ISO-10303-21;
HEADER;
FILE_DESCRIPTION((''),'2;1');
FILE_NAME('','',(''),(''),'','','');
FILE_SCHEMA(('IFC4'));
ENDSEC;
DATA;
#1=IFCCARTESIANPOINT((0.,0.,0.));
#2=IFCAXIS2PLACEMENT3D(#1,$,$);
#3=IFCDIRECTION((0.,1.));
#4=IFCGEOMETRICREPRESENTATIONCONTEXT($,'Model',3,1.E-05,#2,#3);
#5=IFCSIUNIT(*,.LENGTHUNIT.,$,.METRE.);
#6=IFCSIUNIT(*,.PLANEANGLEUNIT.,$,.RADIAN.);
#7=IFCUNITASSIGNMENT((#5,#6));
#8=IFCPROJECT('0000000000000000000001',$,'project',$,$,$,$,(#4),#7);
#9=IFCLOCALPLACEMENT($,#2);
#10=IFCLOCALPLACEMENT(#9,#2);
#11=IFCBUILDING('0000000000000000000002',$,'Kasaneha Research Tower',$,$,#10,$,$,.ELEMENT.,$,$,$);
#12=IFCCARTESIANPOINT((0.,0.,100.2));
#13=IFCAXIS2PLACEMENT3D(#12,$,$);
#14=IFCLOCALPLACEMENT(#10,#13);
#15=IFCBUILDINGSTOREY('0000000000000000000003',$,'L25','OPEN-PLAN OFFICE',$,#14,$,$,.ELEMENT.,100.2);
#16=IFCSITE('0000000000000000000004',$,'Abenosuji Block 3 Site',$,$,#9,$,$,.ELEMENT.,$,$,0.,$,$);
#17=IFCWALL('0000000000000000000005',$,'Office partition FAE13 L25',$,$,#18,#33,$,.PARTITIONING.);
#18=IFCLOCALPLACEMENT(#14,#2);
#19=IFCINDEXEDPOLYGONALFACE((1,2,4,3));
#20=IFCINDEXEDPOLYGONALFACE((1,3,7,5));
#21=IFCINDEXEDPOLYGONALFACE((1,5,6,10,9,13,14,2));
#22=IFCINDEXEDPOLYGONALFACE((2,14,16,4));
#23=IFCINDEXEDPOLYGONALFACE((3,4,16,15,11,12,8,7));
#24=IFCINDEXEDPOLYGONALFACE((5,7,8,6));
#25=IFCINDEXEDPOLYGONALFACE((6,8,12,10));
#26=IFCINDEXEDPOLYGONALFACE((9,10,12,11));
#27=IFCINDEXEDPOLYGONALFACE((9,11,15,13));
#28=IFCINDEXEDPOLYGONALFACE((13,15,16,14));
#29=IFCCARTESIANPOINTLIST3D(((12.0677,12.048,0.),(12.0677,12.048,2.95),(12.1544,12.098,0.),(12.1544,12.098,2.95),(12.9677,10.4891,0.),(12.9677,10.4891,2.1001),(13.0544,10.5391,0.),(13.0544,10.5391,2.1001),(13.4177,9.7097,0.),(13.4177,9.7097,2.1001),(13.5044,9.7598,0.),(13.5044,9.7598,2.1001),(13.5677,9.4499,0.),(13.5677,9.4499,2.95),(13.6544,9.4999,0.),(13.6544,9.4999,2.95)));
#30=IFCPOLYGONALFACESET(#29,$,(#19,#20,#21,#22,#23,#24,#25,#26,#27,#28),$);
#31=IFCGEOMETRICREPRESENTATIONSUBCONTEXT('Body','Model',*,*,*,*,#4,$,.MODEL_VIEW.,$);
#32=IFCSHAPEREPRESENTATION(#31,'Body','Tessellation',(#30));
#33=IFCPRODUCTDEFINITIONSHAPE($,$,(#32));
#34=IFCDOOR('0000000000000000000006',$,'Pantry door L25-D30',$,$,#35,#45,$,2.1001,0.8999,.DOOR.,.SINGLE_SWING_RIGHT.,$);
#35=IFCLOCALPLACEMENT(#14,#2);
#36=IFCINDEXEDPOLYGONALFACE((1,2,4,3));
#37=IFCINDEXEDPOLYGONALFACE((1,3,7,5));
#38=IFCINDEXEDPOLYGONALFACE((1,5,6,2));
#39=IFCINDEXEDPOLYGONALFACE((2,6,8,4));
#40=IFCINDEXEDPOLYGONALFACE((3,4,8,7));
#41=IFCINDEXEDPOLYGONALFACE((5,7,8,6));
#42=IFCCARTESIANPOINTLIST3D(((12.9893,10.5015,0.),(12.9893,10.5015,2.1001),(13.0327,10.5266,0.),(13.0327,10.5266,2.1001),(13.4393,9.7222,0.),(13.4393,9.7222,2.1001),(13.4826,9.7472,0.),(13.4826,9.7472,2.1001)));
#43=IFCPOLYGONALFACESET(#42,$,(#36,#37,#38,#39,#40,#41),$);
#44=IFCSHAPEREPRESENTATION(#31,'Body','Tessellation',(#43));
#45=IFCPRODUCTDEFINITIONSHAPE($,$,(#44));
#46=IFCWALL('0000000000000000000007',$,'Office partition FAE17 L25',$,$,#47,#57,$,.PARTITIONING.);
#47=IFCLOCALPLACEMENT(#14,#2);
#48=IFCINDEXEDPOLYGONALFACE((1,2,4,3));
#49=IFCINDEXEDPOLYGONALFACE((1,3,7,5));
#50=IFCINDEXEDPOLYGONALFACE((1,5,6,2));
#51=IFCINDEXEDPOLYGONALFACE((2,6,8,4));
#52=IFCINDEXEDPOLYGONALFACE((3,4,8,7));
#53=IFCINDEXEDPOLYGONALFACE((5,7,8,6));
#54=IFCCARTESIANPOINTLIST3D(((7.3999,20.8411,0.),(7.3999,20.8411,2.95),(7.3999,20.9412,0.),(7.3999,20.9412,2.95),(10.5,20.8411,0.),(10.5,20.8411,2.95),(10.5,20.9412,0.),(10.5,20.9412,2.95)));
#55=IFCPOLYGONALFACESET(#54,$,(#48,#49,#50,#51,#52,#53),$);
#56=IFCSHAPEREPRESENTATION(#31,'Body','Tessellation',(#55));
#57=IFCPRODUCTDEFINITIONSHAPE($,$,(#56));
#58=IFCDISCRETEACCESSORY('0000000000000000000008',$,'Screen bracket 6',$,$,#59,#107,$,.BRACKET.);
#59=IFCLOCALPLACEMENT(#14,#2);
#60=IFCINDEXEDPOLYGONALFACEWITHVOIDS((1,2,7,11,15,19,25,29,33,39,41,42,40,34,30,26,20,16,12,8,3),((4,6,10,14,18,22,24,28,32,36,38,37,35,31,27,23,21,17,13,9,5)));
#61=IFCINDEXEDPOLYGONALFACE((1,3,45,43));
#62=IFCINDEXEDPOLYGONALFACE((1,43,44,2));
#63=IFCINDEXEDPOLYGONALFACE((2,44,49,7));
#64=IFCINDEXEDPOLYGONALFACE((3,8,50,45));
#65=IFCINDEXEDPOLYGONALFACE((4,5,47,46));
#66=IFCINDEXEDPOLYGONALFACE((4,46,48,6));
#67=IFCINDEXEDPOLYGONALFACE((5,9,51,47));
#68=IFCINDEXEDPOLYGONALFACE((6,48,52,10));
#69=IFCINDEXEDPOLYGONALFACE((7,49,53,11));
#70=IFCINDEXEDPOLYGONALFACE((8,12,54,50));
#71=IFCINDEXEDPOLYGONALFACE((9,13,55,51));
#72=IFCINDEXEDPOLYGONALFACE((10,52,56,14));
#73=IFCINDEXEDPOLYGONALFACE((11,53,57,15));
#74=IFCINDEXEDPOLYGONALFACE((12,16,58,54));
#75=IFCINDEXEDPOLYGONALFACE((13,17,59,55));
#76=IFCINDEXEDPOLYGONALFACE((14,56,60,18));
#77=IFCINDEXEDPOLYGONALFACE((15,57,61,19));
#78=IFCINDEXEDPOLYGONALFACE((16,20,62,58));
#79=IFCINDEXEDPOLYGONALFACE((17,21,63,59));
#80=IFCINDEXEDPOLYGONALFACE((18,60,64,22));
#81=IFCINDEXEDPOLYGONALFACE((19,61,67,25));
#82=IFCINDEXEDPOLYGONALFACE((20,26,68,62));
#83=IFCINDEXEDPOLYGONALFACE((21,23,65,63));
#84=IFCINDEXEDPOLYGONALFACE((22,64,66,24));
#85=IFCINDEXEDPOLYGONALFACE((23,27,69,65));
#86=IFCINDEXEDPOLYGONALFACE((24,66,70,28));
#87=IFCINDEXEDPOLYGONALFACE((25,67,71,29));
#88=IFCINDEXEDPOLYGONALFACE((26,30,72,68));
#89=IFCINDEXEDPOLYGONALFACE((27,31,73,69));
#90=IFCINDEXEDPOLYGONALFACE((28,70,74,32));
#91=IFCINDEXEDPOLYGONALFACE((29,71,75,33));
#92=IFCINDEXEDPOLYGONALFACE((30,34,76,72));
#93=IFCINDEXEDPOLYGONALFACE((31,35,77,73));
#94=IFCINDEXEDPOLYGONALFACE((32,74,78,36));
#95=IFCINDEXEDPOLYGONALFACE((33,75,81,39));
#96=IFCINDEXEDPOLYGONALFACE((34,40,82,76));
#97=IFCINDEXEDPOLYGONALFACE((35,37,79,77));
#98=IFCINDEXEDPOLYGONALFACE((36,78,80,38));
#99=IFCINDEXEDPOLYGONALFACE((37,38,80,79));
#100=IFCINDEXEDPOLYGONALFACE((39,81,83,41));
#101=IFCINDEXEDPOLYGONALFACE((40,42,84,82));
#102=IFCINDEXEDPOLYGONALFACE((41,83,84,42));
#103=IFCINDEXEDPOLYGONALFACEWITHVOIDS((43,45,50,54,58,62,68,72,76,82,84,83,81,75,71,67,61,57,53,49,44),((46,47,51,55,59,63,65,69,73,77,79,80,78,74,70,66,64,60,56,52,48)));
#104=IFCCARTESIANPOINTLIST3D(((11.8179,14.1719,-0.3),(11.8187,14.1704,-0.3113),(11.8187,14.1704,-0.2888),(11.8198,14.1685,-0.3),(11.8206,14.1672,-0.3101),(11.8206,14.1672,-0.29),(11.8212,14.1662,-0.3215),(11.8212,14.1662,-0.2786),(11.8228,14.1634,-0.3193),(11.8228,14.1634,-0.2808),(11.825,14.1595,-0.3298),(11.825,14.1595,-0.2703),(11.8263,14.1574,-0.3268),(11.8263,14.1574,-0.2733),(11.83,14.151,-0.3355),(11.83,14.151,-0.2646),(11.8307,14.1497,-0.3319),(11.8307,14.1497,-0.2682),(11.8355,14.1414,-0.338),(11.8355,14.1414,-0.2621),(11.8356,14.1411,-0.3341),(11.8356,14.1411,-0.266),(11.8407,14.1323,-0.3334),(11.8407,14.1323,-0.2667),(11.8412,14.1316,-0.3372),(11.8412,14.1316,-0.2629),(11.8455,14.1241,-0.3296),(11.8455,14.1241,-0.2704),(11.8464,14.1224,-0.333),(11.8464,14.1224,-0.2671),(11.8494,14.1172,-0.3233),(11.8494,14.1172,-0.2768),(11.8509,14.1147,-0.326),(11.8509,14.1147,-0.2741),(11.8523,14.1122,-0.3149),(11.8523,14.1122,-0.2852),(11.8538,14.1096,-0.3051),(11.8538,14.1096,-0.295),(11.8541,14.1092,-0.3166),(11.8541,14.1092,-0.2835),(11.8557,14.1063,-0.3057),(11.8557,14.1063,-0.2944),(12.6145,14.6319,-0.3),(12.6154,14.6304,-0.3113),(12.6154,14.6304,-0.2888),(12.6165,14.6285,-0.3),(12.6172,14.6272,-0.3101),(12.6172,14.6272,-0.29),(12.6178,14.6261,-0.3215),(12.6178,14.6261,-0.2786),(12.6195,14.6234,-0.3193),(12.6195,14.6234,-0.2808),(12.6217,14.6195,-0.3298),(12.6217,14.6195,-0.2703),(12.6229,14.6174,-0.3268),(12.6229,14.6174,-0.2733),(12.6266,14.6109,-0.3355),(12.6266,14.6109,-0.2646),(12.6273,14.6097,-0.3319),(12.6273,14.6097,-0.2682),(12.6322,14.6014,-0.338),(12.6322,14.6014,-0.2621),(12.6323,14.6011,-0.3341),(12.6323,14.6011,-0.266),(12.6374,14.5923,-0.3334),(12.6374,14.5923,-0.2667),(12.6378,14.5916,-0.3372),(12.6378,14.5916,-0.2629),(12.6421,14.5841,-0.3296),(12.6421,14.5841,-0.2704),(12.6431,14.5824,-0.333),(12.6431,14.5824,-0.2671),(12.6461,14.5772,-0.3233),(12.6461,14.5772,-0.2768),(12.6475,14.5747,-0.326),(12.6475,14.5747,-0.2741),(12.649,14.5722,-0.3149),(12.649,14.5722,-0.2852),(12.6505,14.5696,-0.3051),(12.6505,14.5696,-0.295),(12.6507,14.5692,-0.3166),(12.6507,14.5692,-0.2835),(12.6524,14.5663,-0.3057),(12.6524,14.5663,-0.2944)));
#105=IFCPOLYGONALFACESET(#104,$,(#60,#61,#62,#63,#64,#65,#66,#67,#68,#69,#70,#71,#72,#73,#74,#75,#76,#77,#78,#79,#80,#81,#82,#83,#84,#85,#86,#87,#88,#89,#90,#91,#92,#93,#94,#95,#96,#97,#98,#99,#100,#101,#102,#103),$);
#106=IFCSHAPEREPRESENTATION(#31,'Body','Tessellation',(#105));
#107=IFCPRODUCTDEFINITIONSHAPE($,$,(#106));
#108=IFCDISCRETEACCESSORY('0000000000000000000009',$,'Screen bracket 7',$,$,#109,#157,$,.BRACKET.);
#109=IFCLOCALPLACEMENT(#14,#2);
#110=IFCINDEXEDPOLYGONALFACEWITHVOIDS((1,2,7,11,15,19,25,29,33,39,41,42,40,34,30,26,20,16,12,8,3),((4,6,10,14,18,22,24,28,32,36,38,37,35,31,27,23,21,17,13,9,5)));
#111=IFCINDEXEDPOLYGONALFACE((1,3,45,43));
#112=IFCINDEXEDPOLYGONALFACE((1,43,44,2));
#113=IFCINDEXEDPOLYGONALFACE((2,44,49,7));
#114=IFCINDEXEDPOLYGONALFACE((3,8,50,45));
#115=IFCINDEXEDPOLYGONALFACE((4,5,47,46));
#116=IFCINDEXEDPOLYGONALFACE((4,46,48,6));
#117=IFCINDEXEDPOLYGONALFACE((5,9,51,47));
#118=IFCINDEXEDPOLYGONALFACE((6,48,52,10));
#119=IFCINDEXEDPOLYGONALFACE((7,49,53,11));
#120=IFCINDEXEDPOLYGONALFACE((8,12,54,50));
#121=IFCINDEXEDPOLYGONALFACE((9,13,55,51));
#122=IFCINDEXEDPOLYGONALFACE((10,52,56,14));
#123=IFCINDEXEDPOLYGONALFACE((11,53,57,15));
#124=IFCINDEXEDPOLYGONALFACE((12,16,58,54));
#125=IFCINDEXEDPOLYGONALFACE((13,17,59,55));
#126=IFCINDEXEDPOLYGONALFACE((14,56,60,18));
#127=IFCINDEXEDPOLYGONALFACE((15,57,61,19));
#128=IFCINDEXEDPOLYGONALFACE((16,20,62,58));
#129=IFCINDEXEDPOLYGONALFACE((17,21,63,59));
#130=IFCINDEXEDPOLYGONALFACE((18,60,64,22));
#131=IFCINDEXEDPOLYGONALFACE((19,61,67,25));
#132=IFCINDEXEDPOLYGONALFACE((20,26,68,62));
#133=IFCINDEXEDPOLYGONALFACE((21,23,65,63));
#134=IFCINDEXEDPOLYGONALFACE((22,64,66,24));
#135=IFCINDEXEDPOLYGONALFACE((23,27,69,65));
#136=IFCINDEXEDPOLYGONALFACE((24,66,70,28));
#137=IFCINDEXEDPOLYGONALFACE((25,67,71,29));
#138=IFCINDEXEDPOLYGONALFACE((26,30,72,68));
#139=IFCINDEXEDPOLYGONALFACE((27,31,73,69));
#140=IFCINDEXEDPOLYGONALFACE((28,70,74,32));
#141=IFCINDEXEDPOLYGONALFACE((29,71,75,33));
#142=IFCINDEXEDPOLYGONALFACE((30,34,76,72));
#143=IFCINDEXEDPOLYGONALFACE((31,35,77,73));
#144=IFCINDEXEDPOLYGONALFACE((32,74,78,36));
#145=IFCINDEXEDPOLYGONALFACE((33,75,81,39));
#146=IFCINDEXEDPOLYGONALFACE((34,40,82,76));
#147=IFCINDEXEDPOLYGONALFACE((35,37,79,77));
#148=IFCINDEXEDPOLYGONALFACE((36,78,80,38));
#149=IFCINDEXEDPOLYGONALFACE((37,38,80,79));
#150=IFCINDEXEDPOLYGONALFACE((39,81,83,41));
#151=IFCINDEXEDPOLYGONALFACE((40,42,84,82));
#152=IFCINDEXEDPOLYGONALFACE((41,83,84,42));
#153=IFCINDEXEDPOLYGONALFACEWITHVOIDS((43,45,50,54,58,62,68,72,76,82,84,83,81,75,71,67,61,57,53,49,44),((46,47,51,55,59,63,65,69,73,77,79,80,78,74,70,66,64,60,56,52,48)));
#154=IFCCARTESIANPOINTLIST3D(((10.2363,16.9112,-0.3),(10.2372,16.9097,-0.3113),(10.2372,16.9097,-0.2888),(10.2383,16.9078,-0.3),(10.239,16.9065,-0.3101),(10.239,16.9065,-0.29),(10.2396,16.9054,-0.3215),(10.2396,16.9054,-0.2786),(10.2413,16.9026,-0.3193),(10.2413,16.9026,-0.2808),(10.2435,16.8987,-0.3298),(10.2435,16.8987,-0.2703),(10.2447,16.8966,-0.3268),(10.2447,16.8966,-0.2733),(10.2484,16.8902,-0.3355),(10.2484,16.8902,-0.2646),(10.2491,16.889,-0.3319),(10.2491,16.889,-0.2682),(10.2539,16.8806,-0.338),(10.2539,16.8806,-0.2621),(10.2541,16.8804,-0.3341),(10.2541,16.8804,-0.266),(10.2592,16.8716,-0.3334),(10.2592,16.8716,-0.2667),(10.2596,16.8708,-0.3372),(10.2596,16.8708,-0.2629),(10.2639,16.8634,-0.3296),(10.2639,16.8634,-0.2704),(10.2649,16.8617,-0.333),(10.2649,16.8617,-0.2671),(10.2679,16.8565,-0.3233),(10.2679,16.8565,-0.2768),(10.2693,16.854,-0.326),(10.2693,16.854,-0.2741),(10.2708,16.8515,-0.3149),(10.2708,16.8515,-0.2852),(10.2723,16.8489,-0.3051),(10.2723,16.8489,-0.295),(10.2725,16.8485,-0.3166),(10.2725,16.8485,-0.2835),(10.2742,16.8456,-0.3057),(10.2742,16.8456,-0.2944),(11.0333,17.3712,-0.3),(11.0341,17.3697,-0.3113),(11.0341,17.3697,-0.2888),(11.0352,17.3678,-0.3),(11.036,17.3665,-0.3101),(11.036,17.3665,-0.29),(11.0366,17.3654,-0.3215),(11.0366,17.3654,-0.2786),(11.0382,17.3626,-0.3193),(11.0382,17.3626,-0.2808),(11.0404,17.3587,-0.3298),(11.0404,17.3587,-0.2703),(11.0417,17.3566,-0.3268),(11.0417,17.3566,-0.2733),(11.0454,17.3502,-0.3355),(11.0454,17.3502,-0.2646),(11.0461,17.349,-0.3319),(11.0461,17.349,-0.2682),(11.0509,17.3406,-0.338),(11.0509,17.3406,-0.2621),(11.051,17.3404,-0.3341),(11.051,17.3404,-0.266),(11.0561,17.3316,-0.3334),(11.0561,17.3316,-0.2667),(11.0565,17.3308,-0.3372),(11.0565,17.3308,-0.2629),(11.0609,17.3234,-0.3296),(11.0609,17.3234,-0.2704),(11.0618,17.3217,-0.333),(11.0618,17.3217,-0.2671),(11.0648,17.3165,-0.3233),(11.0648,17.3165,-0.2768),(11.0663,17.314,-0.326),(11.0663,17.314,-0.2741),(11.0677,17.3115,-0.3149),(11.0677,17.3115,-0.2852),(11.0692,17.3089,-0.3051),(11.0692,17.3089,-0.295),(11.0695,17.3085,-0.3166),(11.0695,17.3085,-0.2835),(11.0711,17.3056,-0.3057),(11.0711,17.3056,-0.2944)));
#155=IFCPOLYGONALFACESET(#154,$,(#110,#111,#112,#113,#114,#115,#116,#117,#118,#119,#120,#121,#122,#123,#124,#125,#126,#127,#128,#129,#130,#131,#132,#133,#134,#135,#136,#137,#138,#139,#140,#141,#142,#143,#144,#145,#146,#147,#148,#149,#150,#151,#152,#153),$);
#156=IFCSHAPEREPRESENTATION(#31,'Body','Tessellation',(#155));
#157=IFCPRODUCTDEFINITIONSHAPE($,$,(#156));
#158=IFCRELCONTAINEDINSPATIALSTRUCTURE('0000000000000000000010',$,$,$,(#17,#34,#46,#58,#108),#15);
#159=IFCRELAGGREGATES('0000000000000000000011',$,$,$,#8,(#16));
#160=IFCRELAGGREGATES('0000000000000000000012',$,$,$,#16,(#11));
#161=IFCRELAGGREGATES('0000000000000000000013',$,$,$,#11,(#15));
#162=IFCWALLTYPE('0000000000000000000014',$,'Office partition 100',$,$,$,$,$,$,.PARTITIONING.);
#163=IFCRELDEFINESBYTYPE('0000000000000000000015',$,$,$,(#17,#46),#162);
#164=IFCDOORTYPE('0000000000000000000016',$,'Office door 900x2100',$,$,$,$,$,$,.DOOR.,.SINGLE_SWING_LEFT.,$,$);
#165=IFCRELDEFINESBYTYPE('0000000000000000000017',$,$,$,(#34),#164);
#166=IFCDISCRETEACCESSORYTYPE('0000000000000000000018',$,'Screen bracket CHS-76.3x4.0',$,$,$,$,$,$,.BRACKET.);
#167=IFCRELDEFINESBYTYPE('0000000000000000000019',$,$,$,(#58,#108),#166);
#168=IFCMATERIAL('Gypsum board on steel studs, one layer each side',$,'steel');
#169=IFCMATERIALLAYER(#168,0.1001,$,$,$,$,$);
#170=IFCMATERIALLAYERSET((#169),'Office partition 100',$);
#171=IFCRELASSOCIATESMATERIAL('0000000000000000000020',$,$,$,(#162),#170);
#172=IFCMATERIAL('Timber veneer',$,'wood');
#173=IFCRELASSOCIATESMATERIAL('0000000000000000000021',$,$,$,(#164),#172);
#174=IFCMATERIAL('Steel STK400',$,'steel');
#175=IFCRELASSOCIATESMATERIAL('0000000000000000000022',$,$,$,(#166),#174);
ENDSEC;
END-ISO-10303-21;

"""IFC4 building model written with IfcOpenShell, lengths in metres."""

from ifc_helpers import new_model, si_unit, direction, frame, frame_2d, origin, origin_2d, place, context, subcontext, project, spatial, rectangle, hollow_circle, extrude, material, layer, layer_set, material_profile, profile_set, type_object, element, fill, save


model = new_model("IFC4")

# Units and contexts
model_context = context("Model", 3, precision=1e-05, world=origin(), true_north=direction((0.0, 1.0)))
body_context = subcontext(model_context, "Body", "Model", "MODEL_VIEW")
ifc_project = project(units=[si_unit("LENGTHUNIT", "METRE"), si_unit("PLANEANGLEUNIT", "RADIAN")], contexts=[model_context])

# Site, building, storey
site_placement = place(None, origin())
site = spatial("IfcSite", under=ifc_project, at=site_placement, Name="Abenosuji Block 3 Site", CompositionType="ELEMENT", RefElevation=0.0)
building_placement = place(site_placement, origin())
building = spatial("IfcBuilding", under=site, at=building_placement, Name="Kasaneha Research Tower", CompositionType="ELEMENT")
storey_placement = place(building_placement, frame((0.0, 0.0, 100.2)))
storey = spatial("IfcBuildingStorey", under=building, at=storey_placement, Name="L25", Description="OPEN-PLAN OFFICE", CompositionType="ELEMENT", Elevation=100.2)

# Wall, opening, door
ifc_material_1 = material(Name="Gypsum board on steel studs, one layer each side", Category="steel")
ifc_layer_1 = layer(ifc_material_1, 0.1001)
ifc_layer_set_1 = layer_set([ifc_layer_1], Name="Office partition 100")
wall_type = type_object("IfcWallType", Name="Office partition 100", PredefinedType="PARTITIONING", material=ifc_layer_set_1)
wall_1_placement = place(storey_placement, frame((12.1111, 12.073, 0.0), z_axis=(0.0, 0.0, 1.0), x_axis=(0.49999, -0.866031, 0.0)))
wall_1 = element("IfcWall", 1, at=wall_1_placement, inside=storey, type_object=wall_type, Name="Office partition FAE13 L25", PredefinedType="PARTITIONING", context=body_context, shape_type="SweptSolid", body=[
    extrude(rectangle(XDim=3.0, YDim=0.1001, at=frame_2d((1.5, 0.0))), origin(), (0.0, 0.0, 1.0), 2.95),
])
opening_placement = place(wall_1_placement, frame((1.8, 0.0, 0.0)))
opening = element("IfcOpeningElement", 2, at=opening_placement, cuts=wall_1, PredefinedType="OPENING", context=body_context, shape_type="SweptSolid", body=[
    extrude(rectangle(XDim=0.8999, YDim=2.1001, at=frame_2d((0.45, 1.05))), frame((0.0, 0.0601, 0.0), z_axis=(0.0, -1.0, 0.0), x_axis=(1.0, 0.0, 0.0)), (0.0, 0.0, 1.0), 0.1201),
])
ifc_material_2 = material(Name="Timber veneer", Category="wood")
door_type = type_object("IfcDoorType", Name="Office door 900x2100", OperationType="SINGLE_SWING_LEFT", PredefinedType="DOOR", material=ifc_material_2)
door_placement = place(opening_placement, origin())
door = element("IfcDoor", 3, at=door_placement, inside=storey, type_object=door_type, Name="Pantry door L25-D30", OperationType="SINGLE_SWING_RIGHT", OverallHeight=2.1001, OverallWidth=0.8999, PredefinedType="DOOR", context=body_context, shape_type="SweptSolid", body=[
    extrude(rectangle(XDim=0.8999, YDim=2.1001, at=frame_2d((0.45, 1.05))), frame((0.0, 0.0249, 0.0), z_axis=(0.0, -1.0, 0.0), x_axis=(1.0, 0.0, 0.0)), (0.0, 0.0, 1.0), 0.05),
])
fill(opening, door)

# Wall
wall_2_placement = place(storey_placement, frame((10.5, 20.8911, 0.0), z_axis=(0.0, 0.0, 1.0), x_axis=(-1.0, 0.0, 0.0)))
element("IfcWall", 4, at=wall_2_placement, inside=storey, type_object=wall_type, Name="Office partition FAE17 L25", PredefinedType="PARTITIONING", context=body_context, shape_type="SweptSolid", body=[
    extrude(rectangle(XDim=3.1001, YDim=0.1001, at=frame_2d((1.55, 0.0))), origin(), (0.0, 0.0, 1.0), 2.95),
])

# Discrete accessories
ifc_material_3 = material(Name="Steel STK400", Category="steel")
ifc_material_profile_1 = material_profile(ifc_material_3, hollow_circle(Radius=0.0381, WallThickness=0.0039, at=origin_2d()), Name="CHS-76.3x4.0")
ifc_profile_set_1 = profile_set([ifc_material_profile_1], Name="Steel STK400")
discrete_accessory_type = type_object("IfcDiscreteAccessoryType", Name="Screen bracket CHS-76.3x4.0", PredefinedType="BRACKET", material=ifc_profile_set_1)
discrete_accessory_1_placement = place(storey_placement, frame((11.8369, 14.1389, -0.3), z_axis=(0.866013, 0.500021, 0.0), x_axis=(-0.500021, 0.866013, 0.0)))
element("IfcDiscreteAccessory", 5, at=discrete_accessory_1_placement, inside=storey, type_object=discrete_accessory_type, Name="Screen bracket 6", PredefinedType="BRACKET", context=body_context, shape_type="SweptSolid", body=[
    extrude(hollow_circle(Radius=0.0381, WallThickness=0.0039, at=origin_2d()), origin(), (0.0, 0.0, 1.0), 0.9199),
])
discrete_accessory_2_placement = place(storey_placement, frame((10.2554, 16.8782, -0.3), z_axis=(0.86608, 0.499906, 0.0), x_axis=(-0.499906, 0.86608, 0.0)))
element("IfcDiscreteAccessory", 6, at=discrete_accessory_2_placement, inside=storey, type_object=discrete_accessory_type, Name="Screen bracket 7", PredefinedType="BRACKET", context=body_context, shape_type="SweptSolid", body=[
    extrude(hollow_circle(Radius=0.0381, WallThickness=0.0039, at=origin_2d()), origin(), (0.0, 0.0, 1.0), 0.9202),
])

save(model, "model.ifc")
